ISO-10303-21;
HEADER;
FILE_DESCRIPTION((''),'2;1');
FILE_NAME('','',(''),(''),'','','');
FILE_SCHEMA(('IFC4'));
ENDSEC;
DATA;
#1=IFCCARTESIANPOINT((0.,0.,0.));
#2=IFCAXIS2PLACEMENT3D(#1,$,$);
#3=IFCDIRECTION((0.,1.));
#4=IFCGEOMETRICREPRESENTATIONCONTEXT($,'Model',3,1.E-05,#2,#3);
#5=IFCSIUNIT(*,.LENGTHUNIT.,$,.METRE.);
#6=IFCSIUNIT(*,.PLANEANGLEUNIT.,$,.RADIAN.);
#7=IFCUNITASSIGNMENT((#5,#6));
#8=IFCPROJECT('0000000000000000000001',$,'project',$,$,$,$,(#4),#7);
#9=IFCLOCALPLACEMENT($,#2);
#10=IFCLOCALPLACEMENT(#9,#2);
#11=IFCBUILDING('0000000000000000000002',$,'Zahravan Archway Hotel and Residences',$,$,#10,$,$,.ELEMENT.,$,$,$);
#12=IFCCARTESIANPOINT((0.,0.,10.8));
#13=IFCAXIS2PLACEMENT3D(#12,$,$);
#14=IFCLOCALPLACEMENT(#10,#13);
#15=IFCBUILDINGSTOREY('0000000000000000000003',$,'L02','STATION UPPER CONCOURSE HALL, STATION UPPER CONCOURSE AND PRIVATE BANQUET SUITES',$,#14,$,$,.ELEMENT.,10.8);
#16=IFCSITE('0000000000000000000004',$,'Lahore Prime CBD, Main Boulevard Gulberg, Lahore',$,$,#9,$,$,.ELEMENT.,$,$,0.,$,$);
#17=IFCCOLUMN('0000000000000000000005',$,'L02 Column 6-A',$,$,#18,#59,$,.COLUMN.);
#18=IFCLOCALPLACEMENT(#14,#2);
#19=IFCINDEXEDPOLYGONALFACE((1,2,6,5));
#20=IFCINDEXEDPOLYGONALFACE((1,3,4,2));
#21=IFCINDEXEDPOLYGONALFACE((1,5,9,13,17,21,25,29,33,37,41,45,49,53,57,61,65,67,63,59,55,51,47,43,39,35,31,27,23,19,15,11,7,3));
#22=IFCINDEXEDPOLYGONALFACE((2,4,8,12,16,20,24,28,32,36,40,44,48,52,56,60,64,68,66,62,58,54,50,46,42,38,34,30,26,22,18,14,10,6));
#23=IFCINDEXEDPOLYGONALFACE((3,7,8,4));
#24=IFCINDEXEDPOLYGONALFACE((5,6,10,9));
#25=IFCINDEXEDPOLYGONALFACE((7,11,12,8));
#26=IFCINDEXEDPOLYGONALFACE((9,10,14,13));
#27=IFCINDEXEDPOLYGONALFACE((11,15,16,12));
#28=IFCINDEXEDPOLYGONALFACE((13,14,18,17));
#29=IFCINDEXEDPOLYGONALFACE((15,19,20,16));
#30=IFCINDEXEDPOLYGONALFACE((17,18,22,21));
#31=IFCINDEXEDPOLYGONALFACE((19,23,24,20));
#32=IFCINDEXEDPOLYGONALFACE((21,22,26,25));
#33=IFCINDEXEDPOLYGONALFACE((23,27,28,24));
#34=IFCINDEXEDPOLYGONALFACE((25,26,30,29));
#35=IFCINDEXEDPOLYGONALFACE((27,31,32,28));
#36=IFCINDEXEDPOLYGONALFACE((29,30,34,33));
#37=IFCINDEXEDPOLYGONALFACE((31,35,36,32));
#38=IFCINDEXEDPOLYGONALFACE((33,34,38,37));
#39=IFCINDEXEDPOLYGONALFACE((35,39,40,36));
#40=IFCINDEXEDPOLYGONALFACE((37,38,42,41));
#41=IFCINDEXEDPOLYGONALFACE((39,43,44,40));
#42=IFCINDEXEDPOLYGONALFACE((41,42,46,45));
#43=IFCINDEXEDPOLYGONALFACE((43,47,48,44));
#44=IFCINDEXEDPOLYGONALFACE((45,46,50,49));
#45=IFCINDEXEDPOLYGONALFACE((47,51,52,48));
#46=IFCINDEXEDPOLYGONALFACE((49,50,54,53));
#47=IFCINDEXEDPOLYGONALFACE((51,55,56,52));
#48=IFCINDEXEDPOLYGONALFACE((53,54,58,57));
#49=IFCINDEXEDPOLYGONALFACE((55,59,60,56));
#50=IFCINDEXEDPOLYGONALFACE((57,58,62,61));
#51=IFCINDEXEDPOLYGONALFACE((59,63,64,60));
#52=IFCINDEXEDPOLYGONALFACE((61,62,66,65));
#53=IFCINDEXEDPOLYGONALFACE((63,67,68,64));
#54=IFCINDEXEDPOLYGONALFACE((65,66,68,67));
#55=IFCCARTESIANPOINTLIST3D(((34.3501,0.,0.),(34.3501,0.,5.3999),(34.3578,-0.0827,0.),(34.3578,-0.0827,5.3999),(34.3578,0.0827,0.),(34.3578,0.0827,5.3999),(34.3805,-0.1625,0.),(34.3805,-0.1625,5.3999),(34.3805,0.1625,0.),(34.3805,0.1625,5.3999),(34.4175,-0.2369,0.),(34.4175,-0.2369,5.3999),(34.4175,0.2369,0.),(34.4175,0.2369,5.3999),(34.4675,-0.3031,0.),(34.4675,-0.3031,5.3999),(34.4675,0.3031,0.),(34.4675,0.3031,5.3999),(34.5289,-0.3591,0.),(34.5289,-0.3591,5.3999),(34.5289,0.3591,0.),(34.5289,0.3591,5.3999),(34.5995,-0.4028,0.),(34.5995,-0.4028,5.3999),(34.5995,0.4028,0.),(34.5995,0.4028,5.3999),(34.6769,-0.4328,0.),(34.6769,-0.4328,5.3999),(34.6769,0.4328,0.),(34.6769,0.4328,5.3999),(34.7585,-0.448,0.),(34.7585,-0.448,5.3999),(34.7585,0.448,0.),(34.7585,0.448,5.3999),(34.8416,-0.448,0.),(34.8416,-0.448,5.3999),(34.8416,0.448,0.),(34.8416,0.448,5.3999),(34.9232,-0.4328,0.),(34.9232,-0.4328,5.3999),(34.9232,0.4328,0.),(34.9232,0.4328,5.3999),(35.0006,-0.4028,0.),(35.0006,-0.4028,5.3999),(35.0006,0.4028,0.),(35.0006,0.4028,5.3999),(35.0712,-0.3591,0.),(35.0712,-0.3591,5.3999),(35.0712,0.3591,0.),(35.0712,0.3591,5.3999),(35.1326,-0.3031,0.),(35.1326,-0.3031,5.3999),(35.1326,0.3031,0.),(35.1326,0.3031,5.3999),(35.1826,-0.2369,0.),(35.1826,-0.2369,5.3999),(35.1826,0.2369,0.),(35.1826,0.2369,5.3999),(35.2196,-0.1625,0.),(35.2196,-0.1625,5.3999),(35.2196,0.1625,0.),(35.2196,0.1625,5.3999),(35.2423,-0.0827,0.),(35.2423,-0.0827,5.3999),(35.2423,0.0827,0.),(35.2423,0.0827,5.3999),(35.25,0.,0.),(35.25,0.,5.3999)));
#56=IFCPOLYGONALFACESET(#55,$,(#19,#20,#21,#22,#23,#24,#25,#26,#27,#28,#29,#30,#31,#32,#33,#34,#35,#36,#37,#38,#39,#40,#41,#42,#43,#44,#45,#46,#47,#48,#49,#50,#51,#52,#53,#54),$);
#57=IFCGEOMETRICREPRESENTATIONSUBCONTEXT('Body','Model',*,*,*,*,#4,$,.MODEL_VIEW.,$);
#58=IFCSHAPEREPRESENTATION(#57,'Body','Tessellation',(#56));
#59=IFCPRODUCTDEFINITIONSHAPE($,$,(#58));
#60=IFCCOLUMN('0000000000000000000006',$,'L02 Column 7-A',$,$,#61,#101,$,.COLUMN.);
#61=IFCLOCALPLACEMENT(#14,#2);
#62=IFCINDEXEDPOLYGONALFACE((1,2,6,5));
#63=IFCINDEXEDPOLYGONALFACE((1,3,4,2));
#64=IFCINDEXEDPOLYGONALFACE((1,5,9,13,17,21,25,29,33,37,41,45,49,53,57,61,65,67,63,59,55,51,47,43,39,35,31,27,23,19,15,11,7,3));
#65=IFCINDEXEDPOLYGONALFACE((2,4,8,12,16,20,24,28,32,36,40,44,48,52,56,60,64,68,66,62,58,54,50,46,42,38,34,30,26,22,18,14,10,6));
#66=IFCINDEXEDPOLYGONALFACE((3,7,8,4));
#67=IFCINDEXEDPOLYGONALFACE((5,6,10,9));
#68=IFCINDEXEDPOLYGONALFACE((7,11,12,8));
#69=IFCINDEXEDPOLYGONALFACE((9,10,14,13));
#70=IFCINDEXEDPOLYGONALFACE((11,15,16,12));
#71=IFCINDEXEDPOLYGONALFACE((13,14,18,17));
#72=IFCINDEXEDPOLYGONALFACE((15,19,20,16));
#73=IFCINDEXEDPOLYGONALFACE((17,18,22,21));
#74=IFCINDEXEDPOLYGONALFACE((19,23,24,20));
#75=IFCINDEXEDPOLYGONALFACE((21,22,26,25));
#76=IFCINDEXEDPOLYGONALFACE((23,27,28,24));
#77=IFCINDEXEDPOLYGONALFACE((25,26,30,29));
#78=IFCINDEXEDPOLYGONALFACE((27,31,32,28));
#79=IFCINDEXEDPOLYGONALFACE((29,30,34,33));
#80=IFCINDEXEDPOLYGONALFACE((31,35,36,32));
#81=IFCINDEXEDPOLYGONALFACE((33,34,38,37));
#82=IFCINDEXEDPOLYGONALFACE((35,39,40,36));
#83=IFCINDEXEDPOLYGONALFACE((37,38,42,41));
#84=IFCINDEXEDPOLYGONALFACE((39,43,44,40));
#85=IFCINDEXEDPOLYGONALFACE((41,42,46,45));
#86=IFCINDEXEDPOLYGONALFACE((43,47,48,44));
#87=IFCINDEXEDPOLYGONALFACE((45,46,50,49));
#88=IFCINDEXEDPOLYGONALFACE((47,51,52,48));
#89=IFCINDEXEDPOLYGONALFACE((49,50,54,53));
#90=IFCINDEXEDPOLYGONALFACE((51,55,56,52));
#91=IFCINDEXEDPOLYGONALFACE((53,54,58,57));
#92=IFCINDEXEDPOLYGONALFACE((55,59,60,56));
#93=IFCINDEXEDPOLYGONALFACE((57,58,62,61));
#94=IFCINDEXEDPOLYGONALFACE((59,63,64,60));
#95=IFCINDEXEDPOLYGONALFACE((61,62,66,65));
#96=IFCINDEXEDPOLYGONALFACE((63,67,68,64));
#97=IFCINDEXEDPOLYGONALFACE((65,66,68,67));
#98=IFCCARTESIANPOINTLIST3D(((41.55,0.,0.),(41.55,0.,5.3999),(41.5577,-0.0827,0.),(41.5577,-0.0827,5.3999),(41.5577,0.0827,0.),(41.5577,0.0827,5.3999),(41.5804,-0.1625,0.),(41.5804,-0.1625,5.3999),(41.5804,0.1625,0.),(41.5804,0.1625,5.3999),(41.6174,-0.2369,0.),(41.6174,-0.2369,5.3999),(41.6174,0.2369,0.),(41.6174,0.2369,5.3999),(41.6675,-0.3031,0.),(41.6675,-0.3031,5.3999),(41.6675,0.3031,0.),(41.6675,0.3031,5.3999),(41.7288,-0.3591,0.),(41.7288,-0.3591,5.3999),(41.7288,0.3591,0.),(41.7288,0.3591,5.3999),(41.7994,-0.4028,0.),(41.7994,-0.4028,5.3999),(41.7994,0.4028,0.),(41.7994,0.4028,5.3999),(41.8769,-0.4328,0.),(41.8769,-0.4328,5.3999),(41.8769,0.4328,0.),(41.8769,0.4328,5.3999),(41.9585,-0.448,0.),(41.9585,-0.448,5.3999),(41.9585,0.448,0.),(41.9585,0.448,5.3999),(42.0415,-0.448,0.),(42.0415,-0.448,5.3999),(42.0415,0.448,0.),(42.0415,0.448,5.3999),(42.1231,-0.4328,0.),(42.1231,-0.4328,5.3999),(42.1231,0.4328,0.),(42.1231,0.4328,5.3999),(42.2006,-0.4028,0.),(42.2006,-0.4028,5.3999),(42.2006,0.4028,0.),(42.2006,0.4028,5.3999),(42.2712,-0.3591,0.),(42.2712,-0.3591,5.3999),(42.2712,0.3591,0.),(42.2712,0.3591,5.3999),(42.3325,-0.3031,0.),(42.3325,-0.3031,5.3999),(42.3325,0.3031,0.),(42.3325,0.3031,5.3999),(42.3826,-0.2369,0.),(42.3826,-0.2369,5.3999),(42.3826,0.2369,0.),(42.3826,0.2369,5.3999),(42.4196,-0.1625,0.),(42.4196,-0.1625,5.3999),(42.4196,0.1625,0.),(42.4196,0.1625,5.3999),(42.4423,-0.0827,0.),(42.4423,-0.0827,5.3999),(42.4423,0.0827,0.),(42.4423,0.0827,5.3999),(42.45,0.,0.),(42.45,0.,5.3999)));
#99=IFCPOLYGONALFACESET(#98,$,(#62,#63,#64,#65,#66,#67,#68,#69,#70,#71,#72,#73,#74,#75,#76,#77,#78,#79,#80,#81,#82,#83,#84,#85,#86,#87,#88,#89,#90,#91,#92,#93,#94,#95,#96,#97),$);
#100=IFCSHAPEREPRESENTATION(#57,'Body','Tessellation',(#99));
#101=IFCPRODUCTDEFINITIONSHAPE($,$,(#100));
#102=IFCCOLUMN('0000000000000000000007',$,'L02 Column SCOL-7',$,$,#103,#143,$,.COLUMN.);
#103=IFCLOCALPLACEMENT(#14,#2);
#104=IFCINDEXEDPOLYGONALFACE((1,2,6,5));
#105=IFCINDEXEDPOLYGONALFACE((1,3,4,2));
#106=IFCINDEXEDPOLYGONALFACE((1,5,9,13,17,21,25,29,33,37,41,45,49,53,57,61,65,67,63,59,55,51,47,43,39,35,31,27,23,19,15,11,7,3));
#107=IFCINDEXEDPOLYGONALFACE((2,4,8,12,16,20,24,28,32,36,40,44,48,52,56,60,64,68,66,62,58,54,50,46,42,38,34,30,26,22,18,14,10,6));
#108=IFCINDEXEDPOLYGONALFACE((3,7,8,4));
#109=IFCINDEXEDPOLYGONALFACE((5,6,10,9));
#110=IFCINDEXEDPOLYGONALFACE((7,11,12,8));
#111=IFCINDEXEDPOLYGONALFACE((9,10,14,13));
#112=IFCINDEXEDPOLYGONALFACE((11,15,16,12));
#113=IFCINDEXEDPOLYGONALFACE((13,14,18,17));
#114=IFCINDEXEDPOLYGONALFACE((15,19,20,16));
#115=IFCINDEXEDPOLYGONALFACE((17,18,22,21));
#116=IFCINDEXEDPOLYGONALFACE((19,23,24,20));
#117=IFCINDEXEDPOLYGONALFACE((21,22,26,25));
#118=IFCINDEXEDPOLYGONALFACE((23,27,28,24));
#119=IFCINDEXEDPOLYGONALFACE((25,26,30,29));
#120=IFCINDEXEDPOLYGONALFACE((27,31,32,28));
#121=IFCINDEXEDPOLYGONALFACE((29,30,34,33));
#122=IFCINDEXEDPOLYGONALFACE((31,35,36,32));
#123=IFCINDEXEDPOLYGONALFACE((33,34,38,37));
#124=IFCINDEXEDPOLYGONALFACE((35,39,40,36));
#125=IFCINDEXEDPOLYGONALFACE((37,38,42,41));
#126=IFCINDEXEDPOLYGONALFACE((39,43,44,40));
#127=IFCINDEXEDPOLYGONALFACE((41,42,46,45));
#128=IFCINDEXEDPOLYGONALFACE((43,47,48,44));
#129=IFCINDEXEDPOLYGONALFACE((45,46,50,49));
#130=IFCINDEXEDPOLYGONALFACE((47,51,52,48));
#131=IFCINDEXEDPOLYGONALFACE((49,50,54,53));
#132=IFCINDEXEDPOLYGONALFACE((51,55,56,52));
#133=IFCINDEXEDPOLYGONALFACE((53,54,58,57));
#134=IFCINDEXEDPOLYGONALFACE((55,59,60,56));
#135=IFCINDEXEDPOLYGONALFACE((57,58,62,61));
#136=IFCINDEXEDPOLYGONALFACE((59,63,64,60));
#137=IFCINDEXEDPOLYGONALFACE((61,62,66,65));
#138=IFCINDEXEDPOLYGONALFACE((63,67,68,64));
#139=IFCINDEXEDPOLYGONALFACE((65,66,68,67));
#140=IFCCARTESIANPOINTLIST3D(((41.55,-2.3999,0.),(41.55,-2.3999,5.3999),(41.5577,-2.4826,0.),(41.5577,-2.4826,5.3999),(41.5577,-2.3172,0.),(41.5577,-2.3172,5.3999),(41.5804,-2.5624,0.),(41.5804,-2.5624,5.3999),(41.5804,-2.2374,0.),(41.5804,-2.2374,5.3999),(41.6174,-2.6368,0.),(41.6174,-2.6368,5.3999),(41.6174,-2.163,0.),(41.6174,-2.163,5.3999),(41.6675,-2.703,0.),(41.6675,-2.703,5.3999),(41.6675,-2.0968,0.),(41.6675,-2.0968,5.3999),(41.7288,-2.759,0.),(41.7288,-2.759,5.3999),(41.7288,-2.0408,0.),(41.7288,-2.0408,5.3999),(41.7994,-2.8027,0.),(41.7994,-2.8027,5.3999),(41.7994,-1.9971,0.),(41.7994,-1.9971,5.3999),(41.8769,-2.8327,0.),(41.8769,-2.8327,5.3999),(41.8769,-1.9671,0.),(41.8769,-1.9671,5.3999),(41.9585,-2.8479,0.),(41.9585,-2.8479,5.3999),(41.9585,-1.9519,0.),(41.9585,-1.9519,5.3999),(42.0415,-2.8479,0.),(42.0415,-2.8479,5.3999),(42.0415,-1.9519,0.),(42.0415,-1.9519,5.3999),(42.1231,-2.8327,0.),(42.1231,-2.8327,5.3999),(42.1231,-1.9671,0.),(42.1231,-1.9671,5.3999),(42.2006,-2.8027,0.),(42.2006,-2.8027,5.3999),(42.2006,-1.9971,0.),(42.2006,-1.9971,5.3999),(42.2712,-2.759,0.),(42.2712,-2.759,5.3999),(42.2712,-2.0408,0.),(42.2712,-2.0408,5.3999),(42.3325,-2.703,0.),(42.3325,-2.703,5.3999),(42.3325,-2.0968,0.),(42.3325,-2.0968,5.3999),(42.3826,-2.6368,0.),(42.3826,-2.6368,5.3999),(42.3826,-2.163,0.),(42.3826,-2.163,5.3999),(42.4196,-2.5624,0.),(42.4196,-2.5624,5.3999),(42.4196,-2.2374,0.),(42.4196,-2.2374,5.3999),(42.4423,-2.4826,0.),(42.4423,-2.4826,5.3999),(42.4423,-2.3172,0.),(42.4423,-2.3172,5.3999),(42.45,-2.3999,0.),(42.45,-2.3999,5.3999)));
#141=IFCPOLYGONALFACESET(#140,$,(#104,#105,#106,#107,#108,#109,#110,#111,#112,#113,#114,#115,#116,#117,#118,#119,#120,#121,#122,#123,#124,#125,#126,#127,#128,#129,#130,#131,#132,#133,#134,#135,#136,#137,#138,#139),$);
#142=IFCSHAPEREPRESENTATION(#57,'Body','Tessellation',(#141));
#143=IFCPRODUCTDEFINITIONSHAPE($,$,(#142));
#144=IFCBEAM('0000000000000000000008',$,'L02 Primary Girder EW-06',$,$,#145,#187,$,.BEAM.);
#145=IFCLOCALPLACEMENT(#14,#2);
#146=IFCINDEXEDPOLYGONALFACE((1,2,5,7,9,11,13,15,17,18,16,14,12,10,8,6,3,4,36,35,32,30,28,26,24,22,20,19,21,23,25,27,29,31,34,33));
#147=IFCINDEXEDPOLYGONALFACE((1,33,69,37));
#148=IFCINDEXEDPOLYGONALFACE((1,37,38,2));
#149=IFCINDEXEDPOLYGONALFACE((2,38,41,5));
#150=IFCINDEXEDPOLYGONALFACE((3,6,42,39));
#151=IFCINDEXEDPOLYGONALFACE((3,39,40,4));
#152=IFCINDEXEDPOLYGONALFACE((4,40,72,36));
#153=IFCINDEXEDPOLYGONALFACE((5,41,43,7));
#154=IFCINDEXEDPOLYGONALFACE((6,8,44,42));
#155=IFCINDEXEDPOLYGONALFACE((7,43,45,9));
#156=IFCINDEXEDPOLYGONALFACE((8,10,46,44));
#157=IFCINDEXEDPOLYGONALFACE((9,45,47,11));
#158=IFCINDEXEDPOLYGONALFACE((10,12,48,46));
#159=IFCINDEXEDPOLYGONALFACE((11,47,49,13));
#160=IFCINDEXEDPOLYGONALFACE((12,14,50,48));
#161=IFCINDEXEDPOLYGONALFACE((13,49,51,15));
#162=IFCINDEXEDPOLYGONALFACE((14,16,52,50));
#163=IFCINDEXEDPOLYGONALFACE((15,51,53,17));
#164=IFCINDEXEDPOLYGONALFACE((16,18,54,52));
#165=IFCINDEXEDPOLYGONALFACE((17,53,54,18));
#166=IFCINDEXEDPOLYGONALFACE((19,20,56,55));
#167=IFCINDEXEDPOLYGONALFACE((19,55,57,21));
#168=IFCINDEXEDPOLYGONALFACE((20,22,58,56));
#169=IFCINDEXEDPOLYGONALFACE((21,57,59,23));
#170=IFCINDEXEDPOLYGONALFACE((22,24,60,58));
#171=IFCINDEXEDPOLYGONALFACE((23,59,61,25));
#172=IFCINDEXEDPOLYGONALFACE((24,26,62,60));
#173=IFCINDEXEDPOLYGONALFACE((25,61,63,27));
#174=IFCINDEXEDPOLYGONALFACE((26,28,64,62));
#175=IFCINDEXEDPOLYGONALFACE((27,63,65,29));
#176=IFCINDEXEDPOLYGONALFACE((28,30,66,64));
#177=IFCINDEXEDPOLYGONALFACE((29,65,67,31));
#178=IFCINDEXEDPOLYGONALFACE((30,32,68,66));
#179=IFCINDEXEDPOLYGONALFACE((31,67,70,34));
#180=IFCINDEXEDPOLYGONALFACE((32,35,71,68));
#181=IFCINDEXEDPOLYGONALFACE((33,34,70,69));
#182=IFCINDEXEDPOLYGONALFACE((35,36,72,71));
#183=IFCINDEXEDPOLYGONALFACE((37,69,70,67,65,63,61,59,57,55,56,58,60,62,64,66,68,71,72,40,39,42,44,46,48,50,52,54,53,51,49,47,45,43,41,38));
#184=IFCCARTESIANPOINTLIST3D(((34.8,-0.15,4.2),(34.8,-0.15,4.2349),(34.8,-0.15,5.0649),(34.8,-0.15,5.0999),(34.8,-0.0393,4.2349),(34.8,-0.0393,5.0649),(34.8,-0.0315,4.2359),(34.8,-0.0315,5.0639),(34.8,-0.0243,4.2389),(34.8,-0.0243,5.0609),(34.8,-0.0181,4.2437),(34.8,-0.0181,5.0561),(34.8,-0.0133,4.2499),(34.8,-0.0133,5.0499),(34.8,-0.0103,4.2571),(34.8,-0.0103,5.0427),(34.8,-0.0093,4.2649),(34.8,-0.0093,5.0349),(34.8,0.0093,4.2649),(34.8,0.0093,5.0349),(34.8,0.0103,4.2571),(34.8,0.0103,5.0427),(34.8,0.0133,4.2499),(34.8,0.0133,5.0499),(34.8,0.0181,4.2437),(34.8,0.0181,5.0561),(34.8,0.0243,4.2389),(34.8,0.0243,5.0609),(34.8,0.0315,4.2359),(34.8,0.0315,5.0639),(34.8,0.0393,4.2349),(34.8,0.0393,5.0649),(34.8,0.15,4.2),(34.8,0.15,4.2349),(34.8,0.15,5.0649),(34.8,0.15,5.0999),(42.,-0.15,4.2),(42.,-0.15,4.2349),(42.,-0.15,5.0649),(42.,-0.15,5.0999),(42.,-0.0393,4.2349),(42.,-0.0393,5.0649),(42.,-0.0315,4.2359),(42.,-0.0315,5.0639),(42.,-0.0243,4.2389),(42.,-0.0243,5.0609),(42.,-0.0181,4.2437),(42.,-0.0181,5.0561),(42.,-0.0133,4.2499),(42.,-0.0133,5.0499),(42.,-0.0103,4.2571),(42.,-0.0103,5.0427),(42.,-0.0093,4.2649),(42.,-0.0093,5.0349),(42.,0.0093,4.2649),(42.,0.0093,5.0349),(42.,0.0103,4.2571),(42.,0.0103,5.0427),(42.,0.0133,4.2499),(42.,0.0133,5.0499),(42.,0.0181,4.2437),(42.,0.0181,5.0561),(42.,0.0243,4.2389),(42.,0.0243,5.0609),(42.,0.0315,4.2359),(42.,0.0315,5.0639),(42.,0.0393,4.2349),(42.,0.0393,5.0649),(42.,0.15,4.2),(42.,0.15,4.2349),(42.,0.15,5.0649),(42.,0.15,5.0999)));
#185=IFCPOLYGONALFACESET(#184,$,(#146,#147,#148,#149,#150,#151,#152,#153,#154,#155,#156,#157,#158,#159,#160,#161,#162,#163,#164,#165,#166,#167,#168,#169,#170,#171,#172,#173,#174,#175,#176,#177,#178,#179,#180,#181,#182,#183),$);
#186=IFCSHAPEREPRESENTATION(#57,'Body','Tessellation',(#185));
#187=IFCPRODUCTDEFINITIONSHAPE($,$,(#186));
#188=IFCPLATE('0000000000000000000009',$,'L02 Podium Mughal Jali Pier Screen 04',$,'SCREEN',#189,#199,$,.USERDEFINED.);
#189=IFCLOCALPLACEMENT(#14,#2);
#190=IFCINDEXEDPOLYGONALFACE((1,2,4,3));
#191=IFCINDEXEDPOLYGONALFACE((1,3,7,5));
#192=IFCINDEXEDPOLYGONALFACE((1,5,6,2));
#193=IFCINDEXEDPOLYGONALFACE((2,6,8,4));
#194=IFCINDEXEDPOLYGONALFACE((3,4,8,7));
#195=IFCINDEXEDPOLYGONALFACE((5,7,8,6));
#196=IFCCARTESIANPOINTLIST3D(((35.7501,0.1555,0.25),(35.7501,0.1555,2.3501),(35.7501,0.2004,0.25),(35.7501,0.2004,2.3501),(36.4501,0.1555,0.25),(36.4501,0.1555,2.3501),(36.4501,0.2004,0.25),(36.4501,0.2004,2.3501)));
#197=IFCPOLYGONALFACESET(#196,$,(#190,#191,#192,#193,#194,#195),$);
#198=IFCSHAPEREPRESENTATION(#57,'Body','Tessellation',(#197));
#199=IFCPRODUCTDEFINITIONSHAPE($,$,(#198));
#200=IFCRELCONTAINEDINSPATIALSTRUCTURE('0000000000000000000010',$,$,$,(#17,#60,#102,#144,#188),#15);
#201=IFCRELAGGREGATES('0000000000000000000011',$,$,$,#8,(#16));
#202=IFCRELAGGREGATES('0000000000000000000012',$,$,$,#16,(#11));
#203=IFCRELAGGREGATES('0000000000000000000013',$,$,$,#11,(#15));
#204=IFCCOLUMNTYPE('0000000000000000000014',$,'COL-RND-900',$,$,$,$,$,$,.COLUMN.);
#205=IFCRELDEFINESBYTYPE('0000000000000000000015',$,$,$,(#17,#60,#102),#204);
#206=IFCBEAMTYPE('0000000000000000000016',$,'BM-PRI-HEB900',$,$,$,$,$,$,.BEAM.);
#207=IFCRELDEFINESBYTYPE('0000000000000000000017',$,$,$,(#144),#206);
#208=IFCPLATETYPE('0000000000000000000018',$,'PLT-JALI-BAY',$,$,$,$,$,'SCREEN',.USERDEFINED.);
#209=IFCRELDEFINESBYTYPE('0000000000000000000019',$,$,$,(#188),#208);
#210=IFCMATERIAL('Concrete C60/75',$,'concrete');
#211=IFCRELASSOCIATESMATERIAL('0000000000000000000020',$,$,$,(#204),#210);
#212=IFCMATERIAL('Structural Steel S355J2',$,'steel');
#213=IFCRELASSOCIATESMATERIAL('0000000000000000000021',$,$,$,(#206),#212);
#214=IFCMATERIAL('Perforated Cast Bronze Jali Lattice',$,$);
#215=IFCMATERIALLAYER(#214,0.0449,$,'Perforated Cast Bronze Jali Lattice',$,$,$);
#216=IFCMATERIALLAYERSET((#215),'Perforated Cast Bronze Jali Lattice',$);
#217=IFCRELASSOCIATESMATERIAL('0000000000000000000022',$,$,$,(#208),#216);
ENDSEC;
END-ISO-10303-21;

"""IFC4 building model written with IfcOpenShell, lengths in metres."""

from ifc_helpers import new_model, si_unit, direction, frame, origin, origin_2d, place, context, subcontext, project, spatial, rectangle, circle, i_section, extrude, source, transform, mapped, material, layer, layer_set, material_profile, profile_set, type_object, type_shapes, element, save


model = new_model("IFC4")

# Units and contexts
model_context = context("Model", 3, precision=1e-05, world=origin(), true_north=direction((0.0, 1.0)))
body_context = subcontext(model_context, "Body", "Model", "MODEL_VIEW")
ifc_project = project(units=[si_unit("LENGTHUNIT", "METRE"), si_unit("PLANEANGLEUNIT", "RADIAN")], contexts=[model_context])

# Site, building, storey
site_placement = place(None, origin())
site = spatial("IfcSite", under=ifc_project, at=site_placement, Name="Lahore Prime CBD, Main Boulevard Gulberg, Lahore", CompositionType="ELEMENT", RefElevation=0.0)
building_placement = place(site_placement, origin())
building = spatial("IfcBuilding", under=site, at=building_placement, Name="Zahravan Archway Hotel and Residences", CompositionType="ELEMENT")
storey_placement = place(building_placement, frame((0.0, 0.0, 10.8)))
storey = spatial("IfcBuildingStorey", under=building, at=storey_placement, Name="L02", Description="STATION UPPER CONCOURSE HALL, STATION UPPER CONCOURSE AND PRIVATE BANQUET SUITES", CompositionType="ELEMENT", Elevation=10.8)

# Columns
ifc_material_1 = material(Name="Concrete C60/75", Category="concrete")
ifc_material_profile_1 = material_profile(ifc_material_1, circle(Radius=0.45, at=origin_2d()), Name="RC-CIRC-900", Category="concrete")
ifc_profile_set_1 = profile_set([ifc_material_profile_1], Name="Concrete C60/75")
column_type = type_object("IfcColumnType", Name="COL-RND-900", PredefinedType="COLUMN", material=ifc_profile_set_1)
shared_shape_1 = source(origin(), body_context, "Body", "SweptSolid", [
    extrude(circle(Radius=0.45, at=origin_2d()), origin(), (0.0, 0.0, 1.0), 5.3999),
])
type_shapes(column_type, [shared_shape_1])
for number, where, z_axis, x_axis, name in (
    (1, (34.8, 0.0, 0.0), (0.0, 0.0, 1.0), (1.0, 0.0, 0.0), "L02 Column 6-A"),
    (2, (42.0, 0.0, 0.0), (0.0, 0.0, 1.0), (1.0, 0.0, 0.0), "L02 Column 7-A"),
    (3, (42.0, -2.3999, 0.0), (0.0, 0.0, 1.0), (1.0, 0.0, 0.0), "L02 Column SCOL-7"),
):
    element("IfcColumn", number, at=place(storey_placement, frame(where, z_axis=z_axis, x_axis=x_axis)), inside=storey, type_object=column_type, Name=name, PredefinedType="COLUMN", context=body_context, shape_type="MappedRepresentation", body=[
        mapped(shared_shape_1, transform((0.0, 0.0, 0.0), scale=1.0)),
    ])

# Beam
ifc_material_2 = material(Name="Structural Steel S355J2", Category="steel")
ifc_material_profile_2 = material_profile(ifc_material_2, i_section(OverallWidth=0.3, OverallDepth=0.8999, WebThickness=0.0186, FlangeThickness=0.0349, FilletRadius=0.03, at=origin_2d()), Name="HEB 900", Category="steel")
ifc_profile_set_2 = profile_set([ifc_material_profile_2], Name="Structural Steel S355J2")
beam_type = type_object("IfcBeamType", Name="BM-PRI-HEB900", PredefinedType="BEAM", material=ifc_profile_set_2)
shared_shape_2 = source(origin(), body_context, "Body", "SweptSolid", [
    extrude(i_section(OverallWidth=0.3, OverallDepth=0.8999, WebThickness=0.0186, FlangeThickness=0.0349, FilletRadius=0.03, at=origin_2d()), origin(), (0.0, 0.0, 1.0), 7.2),
])
beam_placement = place(storey_placement, frame((34.8, 0.0, 4.6499), z_axis=(1.0, 0.0, 0.0), x_axis=(0.0, 1.0, 0.0)))
element("IfcBeam", 4, at=beam_placement, inside=storey, type_object=beam_type, Name="L02 Primary Girder EW-06", PredefinedType="BEAM", context=body_context, shape_type="MappedRepresentation", body=[
    mapped(shared_shape_2, transform((0.0, 0.0, 0.0), scale=1.0)),
])

# Plate
ifc_material_3 = material(Name="Perforated Cast Bronze Jali Lattice")
ifc_layer_1 = layer(ifc_material_3, 0.0449, Name="Perforated Cast Bronze Jali Lattice")
ifc_layer_set_1 = layer_set([ifc_layer_1], Name="Perforated Cast Bronze Jali Lattice")
plate_type = type_object("IfcPlateType", Name="PLT-JALI-BAY", ElementType="SCREEN", PredefinedType="USERDEFINED", material=ifc_layer_set_1)
shared_shape_3 = source(origin(), body_context, "Body", "SweptSolid", [
    extrude(rectangle(XDim=0.7, YDim=0.0449, at=origin_2d()), origin(), (0.0, 0.0, 1.0), 2.1001),
])
type_shapes(plate_type, [shared_shape_3])
plate_placement = place(storey_placement, frame((36.1001, 0.178, 0.25), z_axis=(0.0, 0.0, 1.0), x_axis=(1.0, 0.0, 0.0)))
element("IfcPlate", 5, at=plate_placement, inside=storey, type_object=plate_type, Name="L02 Podium Mughal Jali Pier Screen 04", ObjectType="SCREEN", PredefinedType="USERDEFINED", context=body_context, shape_type="MappedRepresentation", body=[
    mapped(shared_shape_3, transform((0.0, 0.0, 0.0), scale=1.0)),
])

save(model, "model.ifc")
